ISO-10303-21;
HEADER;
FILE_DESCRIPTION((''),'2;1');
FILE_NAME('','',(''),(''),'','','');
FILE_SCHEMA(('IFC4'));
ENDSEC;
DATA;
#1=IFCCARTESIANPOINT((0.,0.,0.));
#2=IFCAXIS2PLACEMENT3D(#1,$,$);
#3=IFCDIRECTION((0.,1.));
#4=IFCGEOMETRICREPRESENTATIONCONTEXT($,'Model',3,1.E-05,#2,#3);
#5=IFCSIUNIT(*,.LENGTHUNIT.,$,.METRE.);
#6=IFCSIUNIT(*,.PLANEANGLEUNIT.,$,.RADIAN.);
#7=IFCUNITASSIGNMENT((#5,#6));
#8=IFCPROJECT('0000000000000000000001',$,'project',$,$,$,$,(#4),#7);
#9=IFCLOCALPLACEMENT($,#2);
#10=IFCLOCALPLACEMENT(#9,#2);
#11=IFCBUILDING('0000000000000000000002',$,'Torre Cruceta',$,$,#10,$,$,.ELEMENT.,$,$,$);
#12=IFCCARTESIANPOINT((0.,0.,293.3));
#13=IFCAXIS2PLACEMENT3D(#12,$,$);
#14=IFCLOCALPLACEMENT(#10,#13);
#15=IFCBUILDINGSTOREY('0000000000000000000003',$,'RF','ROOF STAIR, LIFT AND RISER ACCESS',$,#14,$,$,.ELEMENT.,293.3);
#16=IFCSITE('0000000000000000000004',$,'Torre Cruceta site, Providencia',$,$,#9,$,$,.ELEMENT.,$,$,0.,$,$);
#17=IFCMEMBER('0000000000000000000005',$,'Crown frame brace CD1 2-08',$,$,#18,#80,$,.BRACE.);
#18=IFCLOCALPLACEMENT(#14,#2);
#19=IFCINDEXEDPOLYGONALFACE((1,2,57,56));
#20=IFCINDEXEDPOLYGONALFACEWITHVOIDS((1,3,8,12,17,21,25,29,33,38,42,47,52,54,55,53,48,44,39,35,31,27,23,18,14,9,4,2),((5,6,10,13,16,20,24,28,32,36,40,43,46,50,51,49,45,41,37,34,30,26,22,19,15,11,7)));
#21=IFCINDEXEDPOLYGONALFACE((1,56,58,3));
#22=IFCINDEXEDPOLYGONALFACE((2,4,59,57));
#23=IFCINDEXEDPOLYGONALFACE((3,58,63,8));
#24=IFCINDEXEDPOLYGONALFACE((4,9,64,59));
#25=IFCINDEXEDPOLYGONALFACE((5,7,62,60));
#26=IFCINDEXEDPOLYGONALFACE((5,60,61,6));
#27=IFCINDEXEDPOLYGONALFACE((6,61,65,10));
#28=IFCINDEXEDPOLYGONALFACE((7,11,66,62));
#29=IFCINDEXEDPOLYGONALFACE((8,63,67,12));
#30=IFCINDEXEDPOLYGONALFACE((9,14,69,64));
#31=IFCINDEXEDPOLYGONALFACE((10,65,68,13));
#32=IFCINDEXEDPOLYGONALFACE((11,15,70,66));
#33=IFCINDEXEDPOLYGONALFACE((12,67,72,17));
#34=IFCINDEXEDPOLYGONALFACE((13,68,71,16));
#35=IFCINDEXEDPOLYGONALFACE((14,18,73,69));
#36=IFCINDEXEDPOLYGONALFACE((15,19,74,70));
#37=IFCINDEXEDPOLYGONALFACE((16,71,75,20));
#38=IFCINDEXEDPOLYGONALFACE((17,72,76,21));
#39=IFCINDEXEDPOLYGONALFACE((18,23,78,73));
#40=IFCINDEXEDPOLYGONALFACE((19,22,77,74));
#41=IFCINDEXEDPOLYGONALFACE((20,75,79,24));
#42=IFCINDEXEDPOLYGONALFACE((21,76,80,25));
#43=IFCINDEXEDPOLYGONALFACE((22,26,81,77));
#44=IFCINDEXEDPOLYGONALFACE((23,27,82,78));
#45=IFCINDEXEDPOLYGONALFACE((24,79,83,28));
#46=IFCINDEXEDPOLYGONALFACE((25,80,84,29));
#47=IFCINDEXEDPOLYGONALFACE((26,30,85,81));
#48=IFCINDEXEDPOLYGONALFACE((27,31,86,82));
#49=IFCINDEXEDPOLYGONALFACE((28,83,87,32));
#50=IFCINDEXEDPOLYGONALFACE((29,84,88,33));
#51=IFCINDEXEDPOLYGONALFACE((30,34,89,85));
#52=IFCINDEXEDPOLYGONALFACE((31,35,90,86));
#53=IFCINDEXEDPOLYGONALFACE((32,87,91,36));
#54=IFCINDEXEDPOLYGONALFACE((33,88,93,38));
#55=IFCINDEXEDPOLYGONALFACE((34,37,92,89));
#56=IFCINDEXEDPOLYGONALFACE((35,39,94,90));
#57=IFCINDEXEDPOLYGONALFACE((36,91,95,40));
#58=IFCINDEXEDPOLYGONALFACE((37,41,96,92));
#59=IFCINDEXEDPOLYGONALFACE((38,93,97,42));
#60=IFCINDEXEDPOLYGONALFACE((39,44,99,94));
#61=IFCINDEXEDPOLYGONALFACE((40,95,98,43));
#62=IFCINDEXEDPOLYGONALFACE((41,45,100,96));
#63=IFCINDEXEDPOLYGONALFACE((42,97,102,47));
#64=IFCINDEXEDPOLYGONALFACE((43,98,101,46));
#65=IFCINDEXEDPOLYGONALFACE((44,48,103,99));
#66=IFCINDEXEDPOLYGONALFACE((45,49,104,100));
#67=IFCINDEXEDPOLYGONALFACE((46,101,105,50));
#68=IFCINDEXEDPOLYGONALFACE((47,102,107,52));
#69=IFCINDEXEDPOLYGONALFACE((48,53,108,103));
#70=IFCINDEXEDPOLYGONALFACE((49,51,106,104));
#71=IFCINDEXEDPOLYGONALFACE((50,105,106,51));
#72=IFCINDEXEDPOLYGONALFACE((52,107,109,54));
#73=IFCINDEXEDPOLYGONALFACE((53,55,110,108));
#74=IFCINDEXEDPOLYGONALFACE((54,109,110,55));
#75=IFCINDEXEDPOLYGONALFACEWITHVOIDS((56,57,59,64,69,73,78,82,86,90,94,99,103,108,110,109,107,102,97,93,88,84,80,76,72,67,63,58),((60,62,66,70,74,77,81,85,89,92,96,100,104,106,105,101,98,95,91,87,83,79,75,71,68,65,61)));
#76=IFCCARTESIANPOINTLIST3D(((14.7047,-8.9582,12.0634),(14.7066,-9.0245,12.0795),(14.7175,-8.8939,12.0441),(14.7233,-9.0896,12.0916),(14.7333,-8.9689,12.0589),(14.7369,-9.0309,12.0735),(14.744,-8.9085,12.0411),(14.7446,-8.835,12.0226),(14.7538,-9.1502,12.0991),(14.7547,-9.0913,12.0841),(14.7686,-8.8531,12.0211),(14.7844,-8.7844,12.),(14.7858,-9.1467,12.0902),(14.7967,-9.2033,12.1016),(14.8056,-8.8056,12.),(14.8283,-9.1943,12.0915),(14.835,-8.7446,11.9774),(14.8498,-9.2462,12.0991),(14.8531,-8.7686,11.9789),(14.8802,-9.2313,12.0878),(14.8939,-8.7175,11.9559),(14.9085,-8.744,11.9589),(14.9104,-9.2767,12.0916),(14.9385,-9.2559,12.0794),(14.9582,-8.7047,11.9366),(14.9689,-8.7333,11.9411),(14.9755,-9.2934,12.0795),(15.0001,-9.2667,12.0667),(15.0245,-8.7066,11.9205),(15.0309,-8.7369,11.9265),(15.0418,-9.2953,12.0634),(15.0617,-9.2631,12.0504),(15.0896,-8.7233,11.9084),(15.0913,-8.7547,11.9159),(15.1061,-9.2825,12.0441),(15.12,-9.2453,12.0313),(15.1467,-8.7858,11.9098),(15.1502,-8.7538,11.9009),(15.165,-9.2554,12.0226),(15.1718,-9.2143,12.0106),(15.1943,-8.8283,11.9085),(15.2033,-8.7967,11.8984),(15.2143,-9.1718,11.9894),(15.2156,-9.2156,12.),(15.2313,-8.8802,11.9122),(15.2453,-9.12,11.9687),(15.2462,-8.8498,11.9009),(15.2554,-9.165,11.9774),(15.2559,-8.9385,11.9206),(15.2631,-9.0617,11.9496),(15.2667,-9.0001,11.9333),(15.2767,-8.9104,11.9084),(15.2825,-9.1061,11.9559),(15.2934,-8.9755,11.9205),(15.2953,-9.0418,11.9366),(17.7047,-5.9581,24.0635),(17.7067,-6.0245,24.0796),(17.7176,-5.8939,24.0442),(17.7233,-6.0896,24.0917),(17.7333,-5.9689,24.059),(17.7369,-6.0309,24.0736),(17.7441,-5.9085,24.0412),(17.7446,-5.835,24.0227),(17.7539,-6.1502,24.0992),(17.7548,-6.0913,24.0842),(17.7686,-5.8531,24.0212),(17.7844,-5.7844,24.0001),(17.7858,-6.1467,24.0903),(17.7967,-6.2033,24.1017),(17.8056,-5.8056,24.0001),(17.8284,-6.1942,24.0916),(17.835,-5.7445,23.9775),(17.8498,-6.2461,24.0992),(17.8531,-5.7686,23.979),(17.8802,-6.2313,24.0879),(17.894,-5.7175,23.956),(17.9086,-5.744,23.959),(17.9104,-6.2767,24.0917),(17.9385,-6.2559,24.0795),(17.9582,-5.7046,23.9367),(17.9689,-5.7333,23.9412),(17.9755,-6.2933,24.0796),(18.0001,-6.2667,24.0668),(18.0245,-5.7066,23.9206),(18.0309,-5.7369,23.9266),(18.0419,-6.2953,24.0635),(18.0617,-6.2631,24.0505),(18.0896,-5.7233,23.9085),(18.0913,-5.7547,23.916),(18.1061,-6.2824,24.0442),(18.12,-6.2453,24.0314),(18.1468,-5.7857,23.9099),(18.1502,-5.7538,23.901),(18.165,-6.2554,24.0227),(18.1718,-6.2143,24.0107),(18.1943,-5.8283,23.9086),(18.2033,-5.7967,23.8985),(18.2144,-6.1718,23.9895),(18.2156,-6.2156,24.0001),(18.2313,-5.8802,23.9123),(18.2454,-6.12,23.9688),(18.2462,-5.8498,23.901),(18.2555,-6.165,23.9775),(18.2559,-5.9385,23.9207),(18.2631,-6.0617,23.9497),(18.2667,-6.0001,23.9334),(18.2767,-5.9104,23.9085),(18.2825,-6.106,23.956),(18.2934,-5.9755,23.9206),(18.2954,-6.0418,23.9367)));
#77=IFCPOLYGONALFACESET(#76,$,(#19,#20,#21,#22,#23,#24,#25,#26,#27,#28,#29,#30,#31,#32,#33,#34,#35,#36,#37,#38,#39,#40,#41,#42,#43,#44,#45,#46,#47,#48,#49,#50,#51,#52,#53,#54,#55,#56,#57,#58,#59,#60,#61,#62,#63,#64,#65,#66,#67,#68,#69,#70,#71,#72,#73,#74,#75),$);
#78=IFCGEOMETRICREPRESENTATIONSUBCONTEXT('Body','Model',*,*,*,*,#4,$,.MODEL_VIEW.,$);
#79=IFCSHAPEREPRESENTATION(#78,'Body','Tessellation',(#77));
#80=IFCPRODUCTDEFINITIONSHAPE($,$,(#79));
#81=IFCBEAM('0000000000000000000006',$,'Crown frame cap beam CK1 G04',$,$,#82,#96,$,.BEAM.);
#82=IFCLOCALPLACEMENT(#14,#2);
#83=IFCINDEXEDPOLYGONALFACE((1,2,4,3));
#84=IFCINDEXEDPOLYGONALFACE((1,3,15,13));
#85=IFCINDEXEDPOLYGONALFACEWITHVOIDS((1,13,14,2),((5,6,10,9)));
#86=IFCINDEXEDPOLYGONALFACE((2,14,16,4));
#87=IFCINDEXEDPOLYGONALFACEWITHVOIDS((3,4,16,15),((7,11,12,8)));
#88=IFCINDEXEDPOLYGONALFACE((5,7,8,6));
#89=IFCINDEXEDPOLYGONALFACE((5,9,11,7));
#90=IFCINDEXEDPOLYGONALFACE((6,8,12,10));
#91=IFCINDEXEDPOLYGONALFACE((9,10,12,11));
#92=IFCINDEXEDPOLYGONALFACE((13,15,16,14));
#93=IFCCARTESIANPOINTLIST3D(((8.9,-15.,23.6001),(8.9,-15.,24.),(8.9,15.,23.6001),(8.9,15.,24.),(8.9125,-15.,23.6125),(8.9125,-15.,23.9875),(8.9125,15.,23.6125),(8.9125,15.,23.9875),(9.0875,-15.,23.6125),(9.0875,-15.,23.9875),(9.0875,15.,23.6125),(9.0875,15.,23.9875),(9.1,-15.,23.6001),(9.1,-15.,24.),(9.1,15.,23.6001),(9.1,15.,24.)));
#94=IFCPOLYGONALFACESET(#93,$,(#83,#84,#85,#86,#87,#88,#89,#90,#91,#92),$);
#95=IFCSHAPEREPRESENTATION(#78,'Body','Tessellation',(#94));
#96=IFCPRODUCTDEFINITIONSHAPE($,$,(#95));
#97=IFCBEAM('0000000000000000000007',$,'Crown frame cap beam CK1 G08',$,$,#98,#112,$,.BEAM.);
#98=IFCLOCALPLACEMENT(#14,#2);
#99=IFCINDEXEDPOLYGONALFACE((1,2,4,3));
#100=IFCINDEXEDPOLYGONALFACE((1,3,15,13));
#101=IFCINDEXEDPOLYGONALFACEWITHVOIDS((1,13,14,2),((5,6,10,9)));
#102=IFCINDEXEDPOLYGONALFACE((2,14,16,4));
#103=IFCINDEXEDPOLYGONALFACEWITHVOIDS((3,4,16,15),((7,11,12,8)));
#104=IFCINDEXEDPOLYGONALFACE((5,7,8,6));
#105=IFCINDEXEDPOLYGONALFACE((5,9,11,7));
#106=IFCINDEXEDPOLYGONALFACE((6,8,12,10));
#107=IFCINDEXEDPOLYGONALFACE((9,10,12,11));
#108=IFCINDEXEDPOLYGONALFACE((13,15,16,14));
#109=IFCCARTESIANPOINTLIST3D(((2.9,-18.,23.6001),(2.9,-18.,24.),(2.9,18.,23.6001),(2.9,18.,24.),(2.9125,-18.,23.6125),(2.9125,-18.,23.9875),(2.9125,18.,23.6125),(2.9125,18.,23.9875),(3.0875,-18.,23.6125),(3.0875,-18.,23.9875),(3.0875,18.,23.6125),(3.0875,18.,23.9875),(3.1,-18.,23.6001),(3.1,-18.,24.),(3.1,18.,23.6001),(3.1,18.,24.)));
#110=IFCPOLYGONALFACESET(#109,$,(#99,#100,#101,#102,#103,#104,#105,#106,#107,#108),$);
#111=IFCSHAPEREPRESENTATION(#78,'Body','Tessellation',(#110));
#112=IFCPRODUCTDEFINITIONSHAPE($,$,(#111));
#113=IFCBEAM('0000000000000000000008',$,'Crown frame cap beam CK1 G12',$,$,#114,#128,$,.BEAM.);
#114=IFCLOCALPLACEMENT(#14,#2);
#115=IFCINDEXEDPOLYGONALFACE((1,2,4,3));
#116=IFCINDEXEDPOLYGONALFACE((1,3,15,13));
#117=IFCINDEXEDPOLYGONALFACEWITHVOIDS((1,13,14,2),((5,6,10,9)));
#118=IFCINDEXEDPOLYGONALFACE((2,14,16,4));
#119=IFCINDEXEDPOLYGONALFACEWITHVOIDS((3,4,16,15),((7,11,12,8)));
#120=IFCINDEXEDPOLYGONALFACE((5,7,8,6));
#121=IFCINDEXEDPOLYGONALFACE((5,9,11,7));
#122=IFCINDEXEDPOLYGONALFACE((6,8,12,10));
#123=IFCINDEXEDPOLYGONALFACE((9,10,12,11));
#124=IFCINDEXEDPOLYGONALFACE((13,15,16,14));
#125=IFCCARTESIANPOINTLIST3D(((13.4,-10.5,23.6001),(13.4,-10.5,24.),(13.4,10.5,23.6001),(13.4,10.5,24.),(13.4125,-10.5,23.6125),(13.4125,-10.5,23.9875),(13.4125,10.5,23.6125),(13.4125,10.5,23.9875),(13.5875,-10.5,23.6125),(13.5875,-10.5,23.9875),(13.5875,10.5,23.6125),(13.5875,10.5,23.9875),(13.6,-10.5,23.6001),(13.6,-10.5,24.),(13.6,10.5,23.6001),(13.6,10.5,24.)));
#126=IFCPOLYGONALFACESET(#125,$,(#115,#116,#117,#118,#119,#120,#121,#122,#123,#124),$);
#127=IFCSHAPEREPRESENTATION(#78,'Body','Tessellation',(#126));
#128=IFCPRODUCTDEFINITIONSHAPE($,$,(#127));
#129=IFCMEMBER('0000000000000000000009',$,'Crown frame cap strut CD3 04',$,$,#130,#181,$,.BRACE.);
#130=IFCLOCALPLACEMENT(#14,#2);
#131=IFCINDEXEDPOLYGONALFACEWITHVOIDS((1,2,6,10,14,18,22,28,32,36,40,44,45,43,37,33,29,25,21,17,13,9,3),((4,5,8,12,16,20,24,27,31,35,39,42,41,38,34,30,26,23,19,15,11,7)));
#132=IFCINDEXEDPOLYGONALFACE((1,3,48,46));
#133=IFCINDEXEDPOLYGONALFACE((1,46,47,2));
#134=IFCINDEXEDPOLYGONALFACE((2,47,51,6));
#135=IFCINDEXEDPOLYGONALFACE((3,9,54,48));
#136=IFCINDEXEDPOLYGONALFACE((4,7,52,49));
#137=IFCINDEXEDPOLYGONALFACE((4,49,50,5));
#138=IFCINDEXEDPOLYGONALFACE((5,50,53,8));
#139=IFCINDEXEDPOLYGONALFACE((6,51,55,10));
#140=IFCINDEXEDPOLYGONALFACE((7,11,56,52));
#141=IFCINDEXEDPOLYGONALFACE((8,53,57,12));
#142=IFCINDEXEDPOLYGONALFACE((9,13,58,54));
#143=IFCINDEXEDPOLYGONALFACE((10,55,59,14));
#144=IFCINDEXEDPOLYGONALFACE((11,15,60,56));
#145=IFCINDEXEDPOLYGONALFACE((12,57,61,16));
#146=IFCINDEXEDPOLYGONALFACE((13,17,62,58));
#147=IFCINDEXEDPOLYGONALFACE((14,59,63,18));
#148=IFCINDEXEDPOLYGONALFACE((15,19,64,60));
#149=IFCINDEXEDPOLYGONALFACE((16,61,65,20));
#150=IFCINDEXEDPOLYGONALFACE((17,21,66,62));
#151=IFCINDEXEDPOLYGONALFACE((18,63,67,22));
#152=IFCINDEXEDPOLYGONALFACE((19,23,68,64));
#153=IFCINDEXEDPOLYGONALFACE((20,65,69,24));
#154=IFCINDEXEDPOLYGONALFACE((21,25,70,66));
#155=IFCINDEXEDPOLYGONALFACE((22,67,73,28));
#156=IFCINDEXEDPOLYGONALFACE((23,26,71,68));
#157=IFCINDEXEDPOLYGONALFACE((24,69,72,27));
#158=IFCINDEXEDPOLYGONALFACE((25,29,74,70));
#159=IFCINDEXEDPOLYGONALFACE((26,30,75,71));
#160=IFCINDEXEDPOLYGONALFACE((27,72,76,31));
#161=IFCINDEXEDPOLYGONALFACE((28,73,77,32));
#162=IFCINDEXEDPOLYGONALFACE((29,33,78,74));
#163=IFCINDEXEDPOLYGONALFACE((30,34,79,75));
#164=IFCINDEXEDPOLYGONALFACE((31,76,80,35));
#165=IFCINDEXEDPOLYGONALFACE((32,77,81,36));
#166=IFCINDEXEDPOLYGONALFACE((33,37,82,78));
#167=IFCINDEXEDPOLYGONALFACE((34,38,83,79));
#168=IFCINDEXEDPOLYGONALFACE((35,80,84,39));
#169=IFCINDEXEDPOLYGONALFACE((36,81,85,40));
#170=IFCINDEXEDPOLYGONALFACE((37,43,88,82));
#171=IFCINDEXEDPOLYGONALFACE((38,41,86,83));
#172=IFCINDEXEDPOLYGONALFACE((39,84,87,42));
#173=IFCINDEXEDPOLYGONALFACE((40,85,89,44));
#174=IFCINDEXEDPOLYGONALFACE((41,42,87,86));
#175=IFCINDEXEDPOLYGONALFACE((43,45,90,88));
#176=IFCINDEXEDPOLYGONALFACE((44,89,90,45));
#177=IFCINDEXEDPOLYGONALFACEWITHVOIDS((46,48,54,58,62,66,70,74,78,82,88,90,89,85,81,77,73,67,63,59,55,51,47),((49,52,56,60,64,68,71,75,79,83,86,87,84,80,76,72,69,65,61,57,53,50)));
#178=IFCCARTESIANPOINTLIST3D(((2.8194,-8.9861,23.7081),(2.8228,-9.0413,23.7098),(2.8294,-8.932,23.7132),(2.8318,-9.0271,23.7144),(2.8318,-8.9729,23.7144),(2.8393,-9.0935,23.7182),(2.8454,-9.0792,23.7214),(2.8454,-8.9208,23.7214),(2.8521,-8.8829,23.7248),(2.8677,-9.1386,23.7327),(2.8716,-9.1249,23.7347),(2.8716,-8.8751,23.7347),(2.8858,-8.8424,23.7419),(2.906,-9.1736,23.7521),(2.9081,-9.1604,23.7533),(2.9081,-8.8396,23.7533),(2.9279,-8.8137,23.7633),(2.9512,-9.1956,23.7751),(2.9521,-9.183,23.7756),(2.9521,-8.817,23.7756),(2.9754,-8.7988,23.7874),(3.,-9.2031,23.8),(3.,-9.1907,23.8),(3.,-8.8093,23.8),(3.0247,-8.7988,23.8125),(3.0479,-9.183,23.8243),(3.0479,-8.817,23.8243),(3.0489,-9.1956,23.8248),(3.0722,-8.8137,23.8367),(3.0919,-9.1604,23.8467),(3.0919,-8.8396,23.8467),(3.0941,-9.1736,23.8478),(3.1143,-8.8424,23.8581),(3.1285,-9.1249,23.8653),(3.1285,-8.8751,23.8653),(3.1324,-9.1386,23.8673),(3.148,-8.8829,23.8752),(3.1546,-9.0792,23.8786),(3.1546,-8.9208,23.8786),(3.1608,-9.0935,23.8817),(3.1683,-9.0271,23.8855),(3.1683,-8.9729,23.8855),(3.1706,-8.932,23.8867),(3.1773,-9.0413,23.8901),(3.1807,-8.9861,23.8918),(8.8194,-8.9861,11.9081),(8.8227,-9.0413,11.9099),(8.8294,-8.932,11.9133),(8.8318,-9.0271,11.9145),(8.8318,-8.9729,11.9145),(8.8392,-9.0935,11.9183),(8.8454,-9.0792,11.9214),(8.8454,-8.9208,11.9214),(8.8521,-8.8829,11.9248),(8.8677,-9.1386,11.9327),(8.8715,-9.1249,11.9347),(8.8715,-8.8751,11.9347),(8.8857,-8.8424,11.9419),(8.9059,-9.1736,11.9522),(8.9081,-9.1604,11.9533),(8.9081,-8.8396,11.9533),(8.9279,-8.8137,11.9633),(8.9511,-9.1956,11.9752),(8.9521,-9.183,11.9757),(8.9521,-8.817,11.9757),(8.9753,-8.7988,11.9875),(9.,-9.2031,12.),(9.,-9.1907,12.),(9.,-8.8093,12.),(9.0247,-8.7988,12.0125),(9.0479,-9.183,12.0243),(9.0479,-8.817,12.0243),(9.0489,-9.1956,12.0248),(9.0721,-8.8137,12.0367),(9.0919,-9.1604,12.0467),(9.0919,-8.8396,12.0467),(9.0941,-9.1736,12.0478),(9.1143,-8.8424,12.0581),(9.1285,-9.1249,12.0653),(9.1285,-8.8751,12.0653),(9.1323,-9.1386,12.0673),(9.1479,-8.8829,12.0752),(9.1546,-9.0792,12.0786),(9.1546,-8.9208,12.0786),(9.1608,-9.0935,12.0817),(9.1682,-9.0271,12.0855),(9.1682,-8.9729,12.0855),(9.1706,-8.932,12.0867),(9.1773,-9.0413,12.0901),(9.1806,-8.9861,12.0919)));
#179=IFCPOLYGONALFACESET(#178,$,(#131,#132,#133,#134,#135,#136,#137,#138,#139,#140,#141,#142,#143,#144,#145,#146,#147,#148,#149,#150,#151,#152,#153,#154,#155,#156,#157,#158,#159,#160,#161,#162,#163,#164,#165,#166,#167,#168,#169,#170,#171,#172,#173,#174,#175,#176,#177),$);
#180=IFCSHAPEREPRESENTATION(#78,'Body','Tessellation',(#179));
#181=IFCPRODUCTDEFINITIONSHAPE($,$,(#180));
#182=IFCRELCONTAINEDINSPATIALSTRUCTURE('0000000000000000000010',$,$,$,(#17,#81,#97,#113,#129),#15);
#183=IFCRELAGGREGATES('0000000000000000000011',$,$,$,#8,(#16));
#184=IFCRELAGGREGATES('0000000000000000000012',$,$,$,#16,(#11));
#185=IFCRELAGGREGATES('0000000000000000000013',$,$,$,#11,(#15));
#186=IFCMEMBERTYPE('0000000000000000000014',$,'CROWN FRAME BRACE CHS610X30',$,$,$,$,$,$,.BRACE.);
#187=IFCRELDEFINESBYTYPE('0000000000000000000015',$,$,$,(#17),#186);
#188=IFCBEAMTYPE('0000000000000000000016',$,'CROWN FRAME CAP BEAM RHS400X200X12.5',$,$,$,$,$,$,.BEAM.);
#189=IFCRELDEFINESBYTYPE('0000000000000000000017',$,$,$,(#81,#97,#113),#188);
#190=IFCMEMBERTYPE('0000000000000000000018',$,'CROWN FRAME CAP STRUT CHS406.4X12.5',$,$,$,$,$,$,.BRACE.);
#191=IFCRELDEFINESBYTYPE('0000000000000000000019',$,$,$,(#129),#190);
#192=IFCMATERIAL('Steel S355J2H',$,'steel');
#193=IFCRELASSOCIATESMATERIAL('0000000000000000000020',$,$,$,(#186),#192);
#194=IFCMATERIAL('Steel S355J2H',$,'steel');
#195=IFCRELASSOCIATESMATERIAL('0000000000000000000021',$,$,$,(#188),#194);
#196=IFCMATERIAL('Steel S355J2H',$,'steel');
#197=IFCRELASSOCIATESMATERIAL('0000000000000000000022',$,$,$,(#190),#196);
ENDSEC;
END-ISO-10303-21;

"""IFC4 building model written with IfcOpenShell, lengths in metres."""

from ifc_helpers import new_model, si_unit, direction, frame, origin, origin_2d, place, context, subcontext, project, spatial, hollow_rectangle, hollow_circle, extrude, material, material_profile, profile_set, type_object, element, save


model = new_model("IFC4")

# Units and contexts
model_context = context("Model", 3, precision=1e-05, world=origin(), true_north=direction((0.0, 1.0)))
body_context = subcontext(model_context, "Body", "Model", "MODEL_VIEW")
ifc_project = project(units=[si_unit("LENGTHUNIT", "METRE"), si_unit("PLANEANGLEUNIT", "RADIAN")], contexts=[model_context])

# Site, building, storey
site_placement = place(None, origin())
site = spatial("IfcSite", under=ifc_project, at=site_placement, Name="Torre Cruceta site, Providencia", CompositionType="ELEMENT", RefElevation=0.0)
building_placement = place(site_placement, origin())
building = spatial("IfcBuilding", under=site, at=building_placement, Name="Torre Cruceta", CompositionType="ELEMENT")
storey_placement = place(building_placement, frame((0.0, 0.0, 293.3)))
storey = spatial("IfcBuildingStorey", under=building, at=storey_placement, Name="RF", Description="ROOF STAIR, LIFT AND RISER ACCESS", CompositionType="ELEMENT", Elevation=293.3)

# Member
ifc_material_1 = material(Name="Steel S355J2H", Category="steel")
ifc_material_profile_1 = material_profile(ifc_material_1, hollow_circle(Radius=0.3049, WallThickness=0.03, at=origin_2d()), Name="CHS610X30")
ifc_profile_set_1 = profile_set([ifc_material_profile_1], Name="Steel S355J2H")
member_type_1 = type_object("IfcMemberType", Name="CROWN FRAME BRACE CHS610X30", PredefinedType="BRACE", material=ifc_profile_set_1)
member_1_placement = place(storey_placement, frame((15.0, -9.0, 12.0), z_axis=(0.235702, 0.235702, 0.942809), x_axis=(-0.707107, 0.707107, 0.0)))
element("IfcMember", 1, at=member_1_placement, inside=storey, type_object=member_type_1, Name="Crown frame brace CD1 2-08", PredefinedType="BRACE", context=body_context, shape_type="SweptSolid", body=[
    extrude(hollow_circle(Radius=0.3049, WallThickness=0.03, at=origin_2d()), origin(), (0.0, 0.0, 1.0), 12.728),
])

# Beams
ifc_material_2 = material(Name="Steel S355J2H", Category="steel")
ifc_material_profile_2 = material_profile(ifc_material_2, hollow_rectangle(XDim=0.2, YDim=0.3999, WallThickness=0.0125, at=origin_2d()), Name="RHS400X200X12.5")
ifc_profile_set_2 = profile_set([ifc_material_profile_2], Name="Steel S355J2H")
beam_type_1 = type_object("IfcBeamType", Name="CROWN FRAME CAP BEAM RHS400X200X12.5", PredefinedType="BEAM", material=ifc_profile_set_2)
beam_1_placement = place(storey_placement, frame((9.0, -15.0, 23.8), z_axis=(0.0, 1.0, 0.0), x_axis=(-1.0, 0.0, 0.0)))
element("IfcBeam", 2, at=beam_1_placement, inside=storey, type_object=beam_type_1, Name="Crown frame cap beam CK1 G04", PredefinedType="BEAM", context=body_context, shape_type="SweptSolid", body=[
    extrude(hollow_rectangle(XDim=0.2, YDim=0.3999, WallThickness=0.0125, at=origin_2d()), origin(), (0.0, 0.0, 1.0), 30.0),
])
beam_2_placement = place(storey_placement, frame((3.0, -18.0, 23.8), z_axis=(0.0, 1.0, 0.0), x_axis=(-1.0, 0.0, 0.0)))
element("IfcBeam", 3, at=beam_2_placement, inside=storey, type_object=beam_type_1, Name="Crown frame cap beam CK1 G08", PredefinedType="BEAM", context=body_context, shape_type="SweptSolid", body=[
    extrude(hollow_rectangle(XDim=0.2, YDim=0.3999, WallThickness=0.0125, at=origin_2d()), origin(), (0.0, 0.0, 1.0), 36.0),
])
beam_3_placement = place(storey_placement, frame((13.5, -10.5, 23.8), z_axis=(0.0, 1.0, 0.0), x_axis=(-1.0, 0.0, 0.0)))
element("IfcBeam", 4, at=beam_3_placement, inside=storey, type_object=beam_type_1, Name="Crown frame cap beam CK1 G12", PredefinedType="BEAM", context=body_context, shape_type="SweptSolid", body=[
    extrude(hollow_rectangle(XDim=0.2, YDim=0.3999, WallThickness=0.0125, at=origin_2d()), origin(), (0.0, 0.0, 1.0), 21.0),
])

# Member
ifc_material_3 = material(Name="Steel S355J2H", Category="steel")
ifc_material_profile_3 = material_profile(ifc_material_3, hollow_circle(Radius=0.2031, WallThickness=0.0125, at=origin_2d()), Name="CHS406.4X12.5")
ifc_profile_set_3 = profile_set([ifc_material_profile_3], Name="Steel S355J2H")
member_type_2 = type_object("IfcMemberType", Name="CROWN FRAME CAP STRUT CHS406.4X12.5", PredefinedType="BRACE", material=ifc_profile_set_3)
for number, where, z_axis, x_axis, name in (
    (5, (9.0, -9.0, 12.0), (-0.453245, 0.0, 0.891386), (0.0, -1.0, 0.0), "Crown frame cap strut CD3 04"),
):
    element("IfcMember", number, at=place(storey_placement, frame(where, z_axis=z_axis, x_axis=x_axis)), inside=storey, type_object=member_type_2, Name=name, PredefinedType="BRACE", context=body_context, shape_type="SweptSolid", body=[
        extrude(hollow_circle(Radius=0.2031, WallThickness=0.0125, at=origin_2d()), origin(), (0.0, 0.0, 1.0), 13.2378),
    ])

save(model, "model.ifc")
